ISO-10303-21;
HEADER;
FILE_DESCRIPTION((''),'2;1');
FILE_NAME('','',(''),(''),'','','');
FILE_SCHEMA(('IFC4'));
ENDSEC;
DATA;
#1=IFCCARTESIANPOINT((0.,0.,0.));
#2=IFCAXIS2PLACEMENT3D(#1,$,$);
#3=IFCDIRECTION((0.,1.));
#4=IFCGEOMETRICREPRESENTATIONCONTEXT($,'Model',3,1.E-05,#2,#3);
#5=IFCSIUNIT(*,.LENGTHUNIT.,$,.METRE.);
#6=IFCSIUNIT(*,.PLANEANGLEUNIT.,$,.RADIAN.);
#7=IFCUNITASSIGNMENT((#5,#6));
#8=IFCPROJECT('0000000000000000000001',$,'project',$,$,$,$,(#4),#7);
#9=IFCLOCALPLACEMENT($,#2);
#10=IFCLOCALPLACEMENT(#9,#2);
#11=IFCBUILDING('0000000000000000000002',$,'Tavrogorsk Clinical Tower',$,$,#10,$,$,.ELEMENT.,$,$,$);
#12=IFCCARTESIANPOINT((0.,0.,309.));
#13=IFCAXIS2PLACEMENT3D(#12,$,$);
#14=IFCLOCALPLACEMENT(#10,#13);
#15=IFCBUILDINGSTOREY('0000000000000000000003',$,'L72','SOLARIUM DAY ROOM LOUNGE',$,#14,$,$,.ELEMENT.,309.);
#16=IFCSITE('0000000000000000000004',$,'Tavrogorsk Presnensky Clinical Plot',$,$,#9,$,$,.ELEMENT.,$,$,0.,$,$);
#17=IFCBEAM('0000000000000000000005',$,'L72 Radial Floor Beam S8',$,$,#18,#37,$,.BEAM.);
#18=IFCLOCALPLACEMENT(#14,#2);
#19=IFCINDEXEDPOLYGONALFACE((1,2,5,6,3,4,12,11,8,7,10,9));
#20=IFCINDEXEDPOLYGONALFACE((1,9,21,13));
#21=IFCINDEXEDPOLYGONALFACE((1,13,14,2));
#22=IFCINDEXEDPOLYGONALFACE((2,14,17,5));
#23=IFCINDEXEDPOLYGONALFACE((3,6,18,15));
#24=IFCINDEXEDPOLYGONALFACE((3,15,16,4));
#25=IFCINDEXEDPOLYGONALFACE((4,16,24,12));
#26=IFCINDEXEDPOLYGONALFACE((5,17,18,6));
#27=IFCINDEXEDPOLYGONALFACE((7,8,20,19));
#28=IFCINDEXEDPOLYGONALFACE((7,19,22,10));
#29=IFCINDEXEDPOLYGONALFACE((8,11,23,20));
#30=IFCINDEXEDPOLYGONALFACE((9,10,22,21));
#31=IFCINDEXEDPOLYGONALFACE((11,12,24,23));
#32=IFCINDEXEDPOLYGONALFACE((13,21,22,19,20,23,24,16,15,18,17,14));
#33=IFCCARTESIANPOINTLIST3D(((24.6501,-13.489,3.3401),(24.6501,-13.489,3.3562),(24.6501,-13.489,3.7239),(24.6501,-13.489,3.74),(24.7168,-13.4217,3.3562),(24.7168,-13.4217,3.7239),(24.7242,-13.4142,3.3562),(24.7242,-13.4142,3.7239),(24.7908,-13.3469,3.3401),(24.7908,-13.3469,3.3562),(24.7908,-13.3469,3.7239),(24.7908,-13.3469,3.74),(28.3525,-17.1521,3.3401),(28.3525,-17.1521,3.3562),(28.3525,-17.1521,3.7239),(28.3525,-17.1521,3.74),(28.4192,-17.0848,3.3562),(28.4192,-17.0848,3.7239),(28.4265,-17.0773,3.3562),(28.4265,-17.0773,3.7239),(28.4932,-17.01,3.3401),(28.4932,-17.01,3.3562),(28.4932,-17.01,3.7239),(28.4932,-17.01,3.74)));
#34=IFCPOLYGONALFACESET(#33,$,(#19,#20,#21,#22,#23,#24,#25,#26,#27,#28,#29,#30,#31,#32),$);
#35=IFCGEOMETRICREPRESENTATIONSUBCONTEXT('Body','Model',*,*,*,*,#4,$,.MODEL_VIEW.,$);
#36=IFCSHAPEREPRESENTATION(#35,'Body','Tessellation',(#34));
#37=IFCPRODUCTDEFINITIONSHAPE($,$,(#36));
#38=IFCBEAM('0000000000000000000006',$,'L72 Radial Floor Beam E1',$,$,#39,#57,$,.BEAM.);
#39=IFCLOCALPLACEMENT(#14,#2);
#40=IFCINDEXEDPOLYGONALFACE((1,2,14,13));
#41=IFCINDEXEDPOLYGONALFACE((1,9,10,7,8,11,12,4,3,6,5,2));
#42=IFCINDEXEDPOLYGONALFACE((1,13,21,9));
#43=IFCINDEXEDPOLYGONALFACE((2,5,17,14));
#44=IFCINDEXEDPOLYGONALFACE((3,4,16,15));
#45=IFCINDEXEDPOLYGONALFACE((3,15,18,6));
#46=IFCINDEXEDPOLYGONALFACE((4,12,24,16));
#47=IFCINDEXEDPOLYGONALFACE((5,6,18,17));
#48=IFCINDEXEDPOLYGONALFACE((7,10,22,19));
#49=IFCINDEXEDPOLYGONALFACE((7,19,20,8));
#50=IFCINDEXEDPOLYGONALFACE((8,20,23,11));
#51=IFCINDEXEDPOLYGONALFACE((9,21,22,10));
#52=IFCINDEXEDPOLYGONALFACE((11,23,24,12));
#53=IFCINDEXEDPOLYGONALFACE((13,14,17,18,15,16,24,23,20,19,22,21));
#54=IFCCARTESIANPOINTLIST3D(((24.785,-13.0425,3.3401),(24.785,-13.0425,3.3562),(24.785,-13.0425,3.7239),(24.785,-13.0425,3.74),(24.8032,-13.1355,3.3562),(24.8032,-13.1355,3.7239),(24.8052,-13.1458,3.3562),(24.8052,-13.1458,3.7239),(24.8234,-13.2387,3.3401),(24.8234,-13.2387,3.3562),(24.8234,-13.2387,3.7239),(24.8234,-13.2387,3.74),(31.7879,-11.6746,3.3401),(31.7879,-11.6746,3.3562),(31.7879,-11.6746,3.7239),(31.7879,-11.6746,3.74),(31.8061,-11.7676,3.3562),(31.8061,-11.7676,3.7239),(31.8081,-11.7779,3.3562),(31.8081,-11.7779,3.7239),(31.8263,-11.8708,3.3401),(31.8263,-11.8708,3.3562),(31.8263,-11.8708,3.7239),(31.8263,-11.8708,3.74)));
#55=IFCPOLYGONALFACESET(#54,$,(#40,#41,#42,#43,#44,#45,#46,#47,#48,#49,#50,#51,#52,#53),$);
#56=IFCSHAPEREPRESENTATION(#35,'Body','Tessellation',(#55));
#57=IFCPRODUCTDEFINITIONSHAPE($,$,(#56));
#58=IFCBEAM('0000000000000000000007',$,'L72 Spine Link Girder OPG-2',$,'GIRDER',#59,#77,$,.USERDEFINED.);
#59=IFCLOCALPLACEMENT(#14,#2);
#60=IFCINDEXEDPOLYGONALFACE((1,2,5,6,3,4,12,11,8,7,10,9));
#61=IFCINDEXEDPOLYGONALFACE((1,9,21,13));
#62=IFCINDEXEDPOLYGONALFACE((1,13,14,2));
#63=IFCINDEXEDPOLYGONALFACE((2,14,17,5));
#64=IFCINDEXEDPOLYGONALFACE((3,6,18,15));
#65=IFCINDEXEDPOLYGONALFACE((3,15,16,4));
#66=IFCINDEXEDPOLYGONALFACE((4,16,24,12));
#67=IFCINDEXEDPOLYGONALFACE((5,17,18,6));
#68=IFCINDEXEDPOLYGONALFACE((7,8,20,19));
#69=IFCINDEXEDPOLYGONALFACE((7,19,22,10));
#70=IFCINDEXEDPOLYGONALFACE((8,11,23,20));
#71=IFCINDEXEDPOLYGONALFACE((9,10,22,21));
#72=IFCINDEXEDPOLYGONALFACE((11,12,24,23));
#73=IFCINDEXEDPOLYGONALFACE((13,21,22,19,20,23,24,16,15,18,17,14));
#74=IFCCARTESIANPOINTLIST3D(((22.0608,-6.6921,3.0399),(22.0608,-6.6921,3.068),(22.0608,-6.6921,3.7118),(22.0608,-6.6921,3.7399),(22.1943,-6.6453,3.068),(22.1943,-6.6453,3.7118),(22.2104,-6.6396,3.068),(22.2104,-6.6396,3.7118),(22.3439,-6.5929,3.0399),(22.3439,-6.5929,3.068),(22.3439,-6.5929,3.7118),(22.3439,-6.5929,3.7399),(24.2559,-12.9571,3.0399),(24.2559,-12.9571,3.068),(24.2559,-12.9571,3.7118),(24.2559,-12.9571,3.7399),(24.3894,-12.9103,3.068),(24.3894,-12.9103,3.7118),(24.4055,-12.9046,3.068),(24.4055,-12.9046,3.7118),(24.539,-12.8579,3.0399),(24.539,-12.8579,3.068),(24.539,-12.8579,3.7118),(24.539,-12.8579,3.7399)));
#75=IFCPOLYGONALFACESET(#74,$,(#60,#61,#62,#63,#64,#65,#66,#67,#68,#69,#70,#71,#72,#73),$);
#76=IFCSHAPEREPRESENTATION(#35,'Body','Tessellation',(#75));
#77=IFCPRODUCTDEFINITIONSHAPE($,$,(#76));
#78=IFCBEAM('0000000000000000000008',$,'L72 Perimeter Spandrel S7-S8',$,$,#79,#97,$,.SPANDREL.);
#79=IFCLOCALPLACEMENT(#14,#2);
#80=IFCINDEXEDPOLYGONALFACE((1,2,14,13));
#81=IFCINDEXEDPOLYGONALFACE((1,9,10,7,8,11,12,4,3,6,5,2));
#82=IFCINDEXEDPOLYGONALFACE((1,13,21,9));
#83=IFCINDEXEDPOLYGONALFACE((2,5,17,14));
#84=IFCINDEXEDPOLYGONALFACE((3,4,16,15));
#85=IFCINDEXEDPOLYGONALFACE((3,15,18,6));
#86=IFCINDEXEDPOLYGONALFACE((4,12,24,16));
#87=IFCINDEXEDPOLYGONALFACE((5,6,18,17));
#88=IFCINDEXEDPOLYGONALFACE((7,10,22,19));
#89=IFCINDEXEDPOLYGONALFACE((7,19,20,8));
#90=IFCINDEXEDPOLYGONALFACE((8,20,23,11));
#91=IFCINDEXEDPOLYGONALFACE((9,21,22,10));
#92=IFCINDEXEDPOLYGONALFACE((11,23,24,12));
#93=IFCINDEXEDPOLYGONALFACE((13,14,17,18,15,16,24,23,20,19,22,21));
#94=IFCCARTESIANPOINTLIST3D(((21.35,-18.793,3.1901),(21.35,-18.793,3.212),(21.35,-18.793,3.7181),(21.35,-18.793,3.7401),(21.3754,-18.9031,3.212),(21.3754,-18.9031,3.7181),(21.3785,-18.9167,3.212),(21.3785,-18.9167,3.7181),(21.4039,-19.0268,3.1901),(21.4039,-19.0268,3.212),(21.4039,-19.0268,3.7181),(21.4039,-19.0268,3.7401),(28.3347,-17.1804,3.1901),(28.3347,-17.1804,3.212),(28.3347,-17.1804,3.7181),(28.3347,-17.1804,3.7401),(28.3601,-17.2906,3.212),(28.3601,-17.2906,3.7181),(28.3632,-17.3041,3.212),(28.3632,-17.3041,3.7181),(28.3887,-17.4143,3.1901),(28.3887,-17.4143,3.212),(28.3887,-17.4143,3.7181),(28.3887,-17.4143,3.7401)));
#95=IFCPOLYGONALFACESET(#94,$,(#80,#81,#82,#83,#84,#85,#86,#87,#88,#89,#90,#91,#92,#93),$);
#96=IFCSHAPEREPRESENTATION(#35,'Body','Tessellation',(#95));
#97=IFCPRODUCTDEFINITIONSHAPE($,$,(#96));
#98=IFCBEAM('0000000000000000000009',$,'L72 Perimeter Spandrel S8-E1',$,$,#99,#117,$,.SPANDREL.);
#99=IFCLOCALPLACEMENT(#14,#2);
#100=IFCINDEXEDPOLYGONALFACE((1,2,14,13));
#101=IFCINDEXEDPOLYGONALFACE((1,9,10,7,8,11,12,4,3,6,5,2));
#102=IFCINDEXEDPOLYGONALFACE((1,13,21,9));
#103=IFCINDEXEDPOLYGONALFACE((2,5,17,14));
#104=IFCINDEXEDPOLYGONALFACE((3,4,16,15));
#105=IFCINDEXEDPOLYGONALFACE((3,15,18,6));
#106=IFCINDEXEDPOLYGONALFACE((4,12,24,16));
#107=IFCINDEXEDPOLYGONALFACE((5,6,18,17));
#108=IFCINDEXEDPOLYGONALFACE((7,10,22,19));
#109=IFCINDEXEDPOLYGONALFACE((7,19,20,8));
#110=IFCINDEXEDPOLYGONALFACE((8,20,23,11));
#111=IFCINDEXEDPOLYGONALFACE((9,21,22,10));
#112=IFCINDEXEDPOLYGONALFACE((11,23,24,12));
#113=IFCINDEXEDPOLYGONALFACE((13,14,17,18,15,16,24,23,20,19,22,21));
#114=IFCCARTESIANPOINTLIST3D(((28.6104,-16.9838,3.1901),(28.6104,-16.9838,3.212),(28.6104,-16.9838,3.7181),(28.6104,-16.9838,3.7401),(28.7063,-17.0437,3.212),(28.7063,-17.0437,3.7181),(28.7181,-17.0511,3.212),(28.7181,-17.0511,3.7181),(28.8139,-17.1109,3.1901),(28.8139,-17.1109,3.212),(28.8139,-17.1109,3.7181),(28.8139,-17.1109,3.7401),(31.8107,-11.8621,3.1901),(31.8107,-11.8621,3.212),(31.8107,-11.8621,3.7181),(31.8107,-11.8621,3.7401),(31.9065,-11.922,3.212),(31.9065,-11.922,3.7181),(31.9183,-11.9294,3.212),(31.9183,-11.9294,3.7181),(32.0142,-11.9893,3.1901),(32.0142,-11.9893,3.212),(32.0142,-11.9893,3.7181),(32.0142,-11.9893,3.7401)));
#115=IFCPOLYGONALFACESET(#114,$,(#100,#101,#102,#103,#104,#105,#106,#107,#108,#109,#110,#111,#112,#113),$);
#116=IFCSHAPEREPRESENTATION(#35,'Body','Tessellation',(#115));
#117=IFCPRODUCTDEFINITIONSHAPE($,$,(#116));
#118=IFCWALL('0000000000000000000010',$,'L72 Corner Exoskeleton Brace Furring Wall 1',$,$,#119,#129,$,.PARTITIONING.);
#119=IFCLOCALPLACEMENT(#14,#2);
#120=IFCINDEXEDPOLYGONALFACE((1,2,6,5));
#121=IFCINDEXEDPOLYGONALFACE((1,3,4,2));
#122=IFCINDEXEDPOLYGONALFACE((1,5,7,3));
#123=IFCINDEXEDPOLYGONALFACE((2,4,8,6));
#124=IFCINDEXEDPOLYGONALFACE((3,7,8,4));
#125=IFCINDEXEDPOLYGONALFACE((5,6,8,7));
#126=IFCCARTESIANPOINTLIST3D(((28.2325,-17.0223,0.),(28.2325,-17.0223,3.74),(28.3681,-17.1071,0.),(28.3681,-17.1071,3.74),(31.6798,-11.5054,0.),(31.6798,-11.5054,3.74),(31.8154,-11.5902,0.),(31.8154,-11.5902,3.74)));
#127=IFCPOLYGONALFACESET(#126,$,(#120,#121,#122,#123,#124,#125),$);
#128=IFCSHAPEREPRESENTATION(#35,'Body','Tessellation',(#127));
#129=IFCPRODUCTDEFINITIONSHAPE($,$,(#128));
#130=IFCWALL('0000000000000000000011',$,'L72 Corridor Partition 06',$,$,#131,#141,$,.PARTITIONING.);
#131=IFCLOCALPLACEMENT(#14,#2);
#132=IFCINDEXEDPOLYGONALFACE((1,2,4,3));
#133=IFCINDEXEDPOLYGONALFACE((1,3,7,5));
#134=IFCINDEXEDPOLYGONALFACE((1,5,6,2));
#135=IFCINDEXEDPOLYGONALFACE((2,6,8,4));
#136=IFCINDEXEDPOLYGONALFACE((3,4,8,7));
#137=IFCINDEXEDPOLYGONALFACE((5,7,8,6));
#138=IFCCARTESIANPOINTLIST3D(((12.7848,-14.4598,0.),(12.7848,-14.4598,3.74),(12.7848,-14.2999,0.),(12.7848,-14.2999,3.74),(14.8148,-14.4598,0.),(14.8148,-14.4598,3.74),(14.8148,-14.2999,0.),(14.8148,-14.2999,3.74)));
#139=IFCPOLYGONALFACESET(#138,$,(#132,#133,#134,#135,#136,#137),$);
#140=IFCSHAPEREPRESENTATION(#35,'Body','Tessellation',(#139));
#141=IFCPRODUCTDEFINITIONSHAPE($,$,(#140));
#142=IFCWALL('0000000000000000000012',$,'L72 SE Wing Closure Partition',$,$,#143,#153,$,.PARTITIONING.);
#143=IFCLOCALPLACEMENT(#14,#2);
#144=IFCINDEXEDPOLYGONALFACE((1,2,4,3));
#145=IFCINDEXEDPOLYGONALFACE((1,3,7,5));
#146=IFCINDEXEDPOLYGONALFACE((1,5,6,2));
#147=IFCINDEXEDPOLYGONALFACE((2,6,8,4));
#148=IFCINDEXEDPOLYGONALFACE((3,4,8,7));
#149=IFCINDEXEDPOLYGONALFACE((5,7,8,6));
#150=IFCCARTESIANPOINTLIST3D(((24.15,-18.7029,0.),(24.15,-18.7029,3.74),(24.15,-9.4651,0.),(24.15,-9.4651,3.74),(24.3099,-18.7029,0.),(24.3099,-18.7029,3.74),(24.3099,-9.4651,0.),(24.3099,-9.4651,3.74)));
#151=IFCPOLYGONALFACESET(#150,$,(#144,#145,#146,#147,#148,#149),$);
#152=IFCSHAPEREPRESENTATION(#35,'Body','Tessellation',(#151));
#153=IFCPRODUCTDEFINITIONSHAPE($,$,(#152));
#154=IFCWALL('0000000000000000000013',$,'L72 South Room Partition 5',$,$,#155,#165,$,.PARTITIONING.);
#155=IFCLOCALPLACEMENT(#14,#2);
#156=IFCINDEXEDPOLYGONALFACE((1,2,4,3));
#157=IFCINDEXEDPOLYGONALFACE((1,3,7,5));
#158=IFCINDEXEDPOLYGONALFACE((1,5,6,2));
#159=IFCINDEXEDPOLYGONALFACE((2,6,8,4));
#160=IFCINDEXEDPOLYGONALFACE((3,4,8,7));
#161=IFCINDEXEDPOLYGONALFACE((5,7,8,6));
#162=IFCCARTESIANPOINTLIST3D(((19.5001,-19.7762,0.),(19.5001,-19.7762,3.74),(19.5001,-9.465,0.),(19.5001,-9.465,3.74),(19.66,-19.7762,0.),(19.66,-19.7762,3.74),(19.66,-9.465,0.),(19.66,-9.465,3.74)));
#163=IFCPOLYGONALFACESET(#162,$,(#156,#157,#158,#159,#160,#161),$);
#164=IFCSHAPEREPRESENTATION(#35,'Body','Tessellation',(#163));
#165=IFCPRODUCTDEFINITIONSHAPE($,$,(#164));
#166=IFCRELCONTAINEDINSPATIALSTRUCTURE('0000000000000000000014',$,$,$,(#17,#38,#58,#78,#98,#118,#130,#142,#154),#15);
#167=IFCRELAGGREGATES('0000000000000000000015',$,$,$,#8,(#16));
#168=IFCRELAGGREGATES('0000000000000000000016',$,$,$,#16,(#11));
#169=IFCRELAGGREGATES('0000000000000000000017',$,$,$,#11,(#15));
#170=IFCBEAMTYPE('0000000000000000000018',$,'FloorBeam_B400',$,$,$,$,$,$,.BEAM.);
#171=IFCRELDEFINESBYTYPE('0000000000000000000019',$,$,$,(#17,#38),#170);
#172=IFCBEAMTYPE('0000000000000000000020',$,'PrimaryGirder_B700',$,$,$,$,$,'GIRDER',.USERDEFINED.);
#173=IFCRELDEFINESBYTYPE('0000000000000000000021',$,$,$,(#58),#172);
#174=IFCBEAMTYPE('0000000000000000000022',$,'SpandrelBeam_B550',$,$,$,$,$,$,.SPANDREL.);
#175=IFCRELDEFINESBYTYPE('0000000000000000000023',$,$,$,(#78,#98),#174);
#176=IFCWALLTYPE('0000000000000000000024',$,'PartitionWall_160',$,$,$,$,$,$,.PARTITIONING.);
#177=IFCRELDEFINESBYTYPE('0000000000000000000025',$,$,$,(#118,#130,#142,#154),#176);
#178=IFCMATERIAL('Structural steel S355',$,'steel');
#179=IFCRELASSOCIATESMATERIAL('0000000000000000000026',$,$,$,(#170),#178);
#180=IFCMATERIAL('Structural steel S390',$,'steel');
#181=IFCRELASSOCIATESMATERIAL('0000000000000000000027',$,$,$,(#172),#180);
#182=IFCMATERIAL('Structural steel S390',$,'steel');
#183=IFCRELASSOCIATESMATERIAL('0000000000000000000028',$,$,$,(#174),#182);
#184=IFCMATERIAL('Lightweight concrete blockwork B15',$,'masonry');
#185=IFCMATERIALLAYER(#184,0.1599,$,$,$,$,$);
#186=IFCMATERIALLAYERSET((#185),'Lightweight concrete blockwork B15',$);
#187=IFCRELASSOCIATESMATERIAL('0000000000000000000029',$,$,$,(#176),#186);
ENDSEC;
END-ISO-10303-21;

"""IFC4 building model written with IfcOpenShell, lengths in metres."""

from ifc_helpers import new_model, si_unit, direction, frame, frame_2d, origin, origin_2d, place, context, subcontext, project, spatial, rectangle, i_section, extrude, material, layer, layer_set, material_profile, profile_set, type_object, element, save


model = new_model("IFC4")

# Units and contexts
model_context = context("Model", 3, precision=1e-05, world=origin(), true_north=direction((0.0, 1.0)))
body_context = subcontext(model_context, "Body", "Model", "MODEL_VIEW")
ifc_project = project(units=[si_unit("LENGTHUNIT", "METRE"), si_unit("PLANEANGLEUNIT", "RADIAN")], contexts=[model_context])

# Site, building, storey
site_placement = place(None, origin())
site = spatial("IfcSite", under=ifc_project, at=site_placement, Name="Tavrogorsk Presnensky Clinical Plot", CompositionType="ELEMENT", RefElevation=0.0)
building_placement = place(site_placement, origin())
building = spatial("IfcBuilding", under=site, at=building_placement, Name="Tavrogorsk Clinical Tower", CompositionType="ELEMENT")
storey_placement = place(building_placement, frame((0.0, 0.0, 309.0)))
storey = spatial("IfcBuildingStorey", under=building, at=storey_placement, Name="L72", Description="SOLARIUM DAY ROOM LOUNGE", CompositionType="ELEMENT", Elevation=309.0)

# Beams
ifc_material_1 = material(Name="Structural steel S355", Category="steel")
ifc_material_profile_1 = material_profile(ifc_material_1, i_section(OverallWidth=0.2, OverallDepth=0.3999, WebThickness=0.0105, FlangeThickness=0.0161, at=origin_2d()), Name="B-400x200x10.5x16")
ifc_profile_set_1 = profile_set([ifc_material_profile_1], Name="Structural steel S355")
beam_type_1 = type_object("IfcBeamType", Name="FloorBeam_B400", PredefinedType="BEAM", material=ifc_profile_set_1)
beam_1_placement = place(storey_placement, frame((24.7205, -13.418, 3.54), z_axis=(0.71087, -0.703323, 0.0), x_axis=(0.703323, 0.71087, 0.0)))
element("IfcBeam", 1, at=beam_1_placement, inside=storey, type_object=beam_type_1, Name="L72 Radial Floor Beam S8", PredefinedType="BEAM", context=body_context, shape_type="SweptSolid", body=[
    extrude(i_section(OverallWidth=0.2, OverallDepth=0.3999, WebThickness=0.0105, FlangeThickness=0.0161, at=origin_2d()), origin(), (0.0, 0.0, 1.0), 5.2083),
])
beam_2_placement = place(storey_placement, frame((24.8042, -13.1406, 3.54), z_axis=(0.981451, 0.191712, 0.0), x_axis=(-0.191712, 0.981451, 0.0)))
element("IfcBeam", 2, at=beam_2_placement, inside=storey, type_object=beam_type_1, Name="L72 Radial Floor Beam E1", PredefinedType="BEAM", context=body_context, shape_type="SweptSolid", body=[
    extrude(i_section(OverallWidth=0.2, OverallDepth=0.3999, WebThickness=0.0105, FlangeThickness=0.0161, at=origin_2d()), origin(), (0.0, 0.0, 1.0), 7.1353),
])
ifc_material_2 = material(Name="Structural steel S390", Category="steel")
ifc_material_profile_2 = material_profile(ifc_material_2, i_section(OverallWidth=0.3, OverallDepth=0.7, WebThickness=0.0171, FlangeThickness=0.0281, at=origin_2d()), Name="B-700x300x17x28")
ifc_profile_set_2 = profile_set([ifc_material_profile_2], Name="Structural steel S390")
beam_type_2 = type_object("IfcBeamType", Name="PrimaryGirder_B700", ElementType="GIRDER", PredefinedType="USERDEFINED", material=ifc_profile_set_2)
beam_3_placement = place(storey_placement, frame((24.3975, -12.9075, 3.3899), z_axis=(-0.330667, 0.943748, 0.0), x_axis=(-0.943748, -0.330667, 0.0)))
element("IfcBeam", 3, at=beam_3_placement, inside=storey, type_object=beam_type_2, Name="L72 Spine Link Girder OPG-2", ObjectType="GIRDER", PredefinedType="USERDEFINED", context=body_context, shape_type="SweptSolid", body=[
    extrude(i_section(OverallWidth=0.3, OverallDepth=0.7, WebThickness=0.0171, FlangeThickness=0.0281, at=origin_2d()), origin(), (0.0, 0.0, 1.0), 6.6384),
])
ifc_material_3 = material(Name="Structural steel S390", Category="steel")
ifc_material_profile_3 = material_profile(ifc_material_3, i_section(OverallWidth=0.24, OverallDepth=0.55, WebThickness=0.0139, FlangeThickness=0.022, at=origin_2d()), Name="B-550x240x14x22")
ifc_profile_set_3 = profile_set([ifc_material_profile_3], Name="Structural steel S390")
beam_type_3 = type_object("IfcBeamType", Name="SpandrelBeam_B550", PredefinedType="SPANDREL", material=ifc_profile_set_3)
beam_4_placement = place(storey_placement, frame((21.377, -18.9099, 3.4651), z_axis=(0.974369, 0.224954, 0.0), x_axis=(-0.224954, 0.974369, 0.0)))
element("IfcBeam", 4, at=beam_4_placement, inside=storey, type_object=beam_type_3, Name="L72 Perimeter Spandrel S7-S8", PredefinedType="SPANDREL", context=body_context, shape_type="SweptSolid", body=[
    extrude(i_section(OverallWidth=0.24, OverallDepth=0.55, WebThickness=0.0139, FlangeThickness=0.022, at=origin_2d()), origin(), (0.0, 0.0, 1.0), 7.1685),
])
beam_5_placement = place(storey_placement, frame((28.7122, -17.0474, 3.4651), z_axis=(0.529904, 0.848057, 0.0), x_axis=(-0.848057, 0.529904, 0.0)))
element("IfcBeam", 5, at=beam_5_placement, inside=storey, type_object=beam_type_3, Name="L72 Perimeter Spandrel S8-E1", PredefinedType="SPANDREL", context=body_context, shape_type="SweptSolid", body=[
    extrude(i_section(OverallWidth=0.24, OverallDepth=0.55, WebThickness=0.0139, FlangeThickness=0.022, at=origin_2d()), origin(), (0.0, 0.0, 1.0), 6.0393),
])

# Walls
ifc_material_4 = material(Name="Lightweight concrete blockwork B15", Category="masonry")
ifc_layer_1 = layer(ifc_material_4, 0.1599)
ifc_layer_set_1 = layer_set([ifc_layer_1], Name="Lightweight concrete blockwork B15")
wall_type_1 = type_object("IfcWallType", Name="PartitionWall_160", PredefinedType="PARTITIONING", material=ifc_layer_set_1)
wall_1_placement = place(storey_placement, frame((28.3003, -17.0647, 0.0), z_axis=(0.0, 0.0, 1.0), x_axis=(0.529915, 0.848051, 0.0)))
element("IfcWall", 6, at=wall_1_placement, inside=storey, type_object=wall_type_1, Name="L72 Corner Exoskeleton Brace Furring Wall 1", PredefinedType="PARTITIONING", context=body_context, shape_type="SweptSolid", body=[
    extrude(rectangle(XDim=6.5054, YDim=0.1599, at=frame_2d((3.2527, 0.0))), origin(), (0.0, 0.0, 1.0), 3.74),
])
wall_2_placement = place(storey_placement, frame((14.8149, -14.3799, 0.0), z_axis=(0.0, 0.0, 1.0), x_axis=(-1.0, 0.0, 0.0)))
element("IfcWall", 7, at=wall_2_placement, inside=storey, type_object=wall_type_1, Name="L72 Corridor Partition 06", PredefinedType="PARTITIONING", context=body_context, shape_type="SweptSolid", body=[
    extrude(rectangle(XDim=2.03, YDim=0.1599, at=frame_2d((1.0151, 0.0))), origin(), (0.0, 0.0, 1.0), 3.74),
])
wall_3_placement = place(storey_placement, frame((24.23, -18.7029, 0.0), z_axis=(0.0, 0.0, 1.0), x_axis=(0.0, 1.0, 0.0)))
element("IfcWall", 8, at=wall_3_placement, inside=storey, type_object=wall_type_1, Name="L72 SE Wing Closure Partition", PredefinedType="PARTITIONING", context=body_context, shape_type="SweptSolid", body=[
    extrude(rectangle(XDim=9.2378, YDim=0.1599, at=frame_2d((4.6189, 0.0))), origin(), (0.0, 0.0, 1.0), 3.74),
])
wall_4_placement = place(storey_placement, frame((19.5801, -19.7764, 0.0), z_axis=(0.0, 0.0, 1.0), x_axis=(0.0, 1.0, 0.0)))
element("IfcWall", 9, at=wall_4_placement, inside=storey, type_object=wall_type_1, Name="L72 South Room Partition 5", PredefinedType="PARTITIONING", context=body_context, shape_type="SweptSolid", body=[
    extrude(rectangle(XDim=10.3113, YDim=0.1599, at=frame_2d((5.1558, 0.0))), origin(), (0.0, 0.0, 1.0), 3.74),
])

save(model, "model.ifc")
